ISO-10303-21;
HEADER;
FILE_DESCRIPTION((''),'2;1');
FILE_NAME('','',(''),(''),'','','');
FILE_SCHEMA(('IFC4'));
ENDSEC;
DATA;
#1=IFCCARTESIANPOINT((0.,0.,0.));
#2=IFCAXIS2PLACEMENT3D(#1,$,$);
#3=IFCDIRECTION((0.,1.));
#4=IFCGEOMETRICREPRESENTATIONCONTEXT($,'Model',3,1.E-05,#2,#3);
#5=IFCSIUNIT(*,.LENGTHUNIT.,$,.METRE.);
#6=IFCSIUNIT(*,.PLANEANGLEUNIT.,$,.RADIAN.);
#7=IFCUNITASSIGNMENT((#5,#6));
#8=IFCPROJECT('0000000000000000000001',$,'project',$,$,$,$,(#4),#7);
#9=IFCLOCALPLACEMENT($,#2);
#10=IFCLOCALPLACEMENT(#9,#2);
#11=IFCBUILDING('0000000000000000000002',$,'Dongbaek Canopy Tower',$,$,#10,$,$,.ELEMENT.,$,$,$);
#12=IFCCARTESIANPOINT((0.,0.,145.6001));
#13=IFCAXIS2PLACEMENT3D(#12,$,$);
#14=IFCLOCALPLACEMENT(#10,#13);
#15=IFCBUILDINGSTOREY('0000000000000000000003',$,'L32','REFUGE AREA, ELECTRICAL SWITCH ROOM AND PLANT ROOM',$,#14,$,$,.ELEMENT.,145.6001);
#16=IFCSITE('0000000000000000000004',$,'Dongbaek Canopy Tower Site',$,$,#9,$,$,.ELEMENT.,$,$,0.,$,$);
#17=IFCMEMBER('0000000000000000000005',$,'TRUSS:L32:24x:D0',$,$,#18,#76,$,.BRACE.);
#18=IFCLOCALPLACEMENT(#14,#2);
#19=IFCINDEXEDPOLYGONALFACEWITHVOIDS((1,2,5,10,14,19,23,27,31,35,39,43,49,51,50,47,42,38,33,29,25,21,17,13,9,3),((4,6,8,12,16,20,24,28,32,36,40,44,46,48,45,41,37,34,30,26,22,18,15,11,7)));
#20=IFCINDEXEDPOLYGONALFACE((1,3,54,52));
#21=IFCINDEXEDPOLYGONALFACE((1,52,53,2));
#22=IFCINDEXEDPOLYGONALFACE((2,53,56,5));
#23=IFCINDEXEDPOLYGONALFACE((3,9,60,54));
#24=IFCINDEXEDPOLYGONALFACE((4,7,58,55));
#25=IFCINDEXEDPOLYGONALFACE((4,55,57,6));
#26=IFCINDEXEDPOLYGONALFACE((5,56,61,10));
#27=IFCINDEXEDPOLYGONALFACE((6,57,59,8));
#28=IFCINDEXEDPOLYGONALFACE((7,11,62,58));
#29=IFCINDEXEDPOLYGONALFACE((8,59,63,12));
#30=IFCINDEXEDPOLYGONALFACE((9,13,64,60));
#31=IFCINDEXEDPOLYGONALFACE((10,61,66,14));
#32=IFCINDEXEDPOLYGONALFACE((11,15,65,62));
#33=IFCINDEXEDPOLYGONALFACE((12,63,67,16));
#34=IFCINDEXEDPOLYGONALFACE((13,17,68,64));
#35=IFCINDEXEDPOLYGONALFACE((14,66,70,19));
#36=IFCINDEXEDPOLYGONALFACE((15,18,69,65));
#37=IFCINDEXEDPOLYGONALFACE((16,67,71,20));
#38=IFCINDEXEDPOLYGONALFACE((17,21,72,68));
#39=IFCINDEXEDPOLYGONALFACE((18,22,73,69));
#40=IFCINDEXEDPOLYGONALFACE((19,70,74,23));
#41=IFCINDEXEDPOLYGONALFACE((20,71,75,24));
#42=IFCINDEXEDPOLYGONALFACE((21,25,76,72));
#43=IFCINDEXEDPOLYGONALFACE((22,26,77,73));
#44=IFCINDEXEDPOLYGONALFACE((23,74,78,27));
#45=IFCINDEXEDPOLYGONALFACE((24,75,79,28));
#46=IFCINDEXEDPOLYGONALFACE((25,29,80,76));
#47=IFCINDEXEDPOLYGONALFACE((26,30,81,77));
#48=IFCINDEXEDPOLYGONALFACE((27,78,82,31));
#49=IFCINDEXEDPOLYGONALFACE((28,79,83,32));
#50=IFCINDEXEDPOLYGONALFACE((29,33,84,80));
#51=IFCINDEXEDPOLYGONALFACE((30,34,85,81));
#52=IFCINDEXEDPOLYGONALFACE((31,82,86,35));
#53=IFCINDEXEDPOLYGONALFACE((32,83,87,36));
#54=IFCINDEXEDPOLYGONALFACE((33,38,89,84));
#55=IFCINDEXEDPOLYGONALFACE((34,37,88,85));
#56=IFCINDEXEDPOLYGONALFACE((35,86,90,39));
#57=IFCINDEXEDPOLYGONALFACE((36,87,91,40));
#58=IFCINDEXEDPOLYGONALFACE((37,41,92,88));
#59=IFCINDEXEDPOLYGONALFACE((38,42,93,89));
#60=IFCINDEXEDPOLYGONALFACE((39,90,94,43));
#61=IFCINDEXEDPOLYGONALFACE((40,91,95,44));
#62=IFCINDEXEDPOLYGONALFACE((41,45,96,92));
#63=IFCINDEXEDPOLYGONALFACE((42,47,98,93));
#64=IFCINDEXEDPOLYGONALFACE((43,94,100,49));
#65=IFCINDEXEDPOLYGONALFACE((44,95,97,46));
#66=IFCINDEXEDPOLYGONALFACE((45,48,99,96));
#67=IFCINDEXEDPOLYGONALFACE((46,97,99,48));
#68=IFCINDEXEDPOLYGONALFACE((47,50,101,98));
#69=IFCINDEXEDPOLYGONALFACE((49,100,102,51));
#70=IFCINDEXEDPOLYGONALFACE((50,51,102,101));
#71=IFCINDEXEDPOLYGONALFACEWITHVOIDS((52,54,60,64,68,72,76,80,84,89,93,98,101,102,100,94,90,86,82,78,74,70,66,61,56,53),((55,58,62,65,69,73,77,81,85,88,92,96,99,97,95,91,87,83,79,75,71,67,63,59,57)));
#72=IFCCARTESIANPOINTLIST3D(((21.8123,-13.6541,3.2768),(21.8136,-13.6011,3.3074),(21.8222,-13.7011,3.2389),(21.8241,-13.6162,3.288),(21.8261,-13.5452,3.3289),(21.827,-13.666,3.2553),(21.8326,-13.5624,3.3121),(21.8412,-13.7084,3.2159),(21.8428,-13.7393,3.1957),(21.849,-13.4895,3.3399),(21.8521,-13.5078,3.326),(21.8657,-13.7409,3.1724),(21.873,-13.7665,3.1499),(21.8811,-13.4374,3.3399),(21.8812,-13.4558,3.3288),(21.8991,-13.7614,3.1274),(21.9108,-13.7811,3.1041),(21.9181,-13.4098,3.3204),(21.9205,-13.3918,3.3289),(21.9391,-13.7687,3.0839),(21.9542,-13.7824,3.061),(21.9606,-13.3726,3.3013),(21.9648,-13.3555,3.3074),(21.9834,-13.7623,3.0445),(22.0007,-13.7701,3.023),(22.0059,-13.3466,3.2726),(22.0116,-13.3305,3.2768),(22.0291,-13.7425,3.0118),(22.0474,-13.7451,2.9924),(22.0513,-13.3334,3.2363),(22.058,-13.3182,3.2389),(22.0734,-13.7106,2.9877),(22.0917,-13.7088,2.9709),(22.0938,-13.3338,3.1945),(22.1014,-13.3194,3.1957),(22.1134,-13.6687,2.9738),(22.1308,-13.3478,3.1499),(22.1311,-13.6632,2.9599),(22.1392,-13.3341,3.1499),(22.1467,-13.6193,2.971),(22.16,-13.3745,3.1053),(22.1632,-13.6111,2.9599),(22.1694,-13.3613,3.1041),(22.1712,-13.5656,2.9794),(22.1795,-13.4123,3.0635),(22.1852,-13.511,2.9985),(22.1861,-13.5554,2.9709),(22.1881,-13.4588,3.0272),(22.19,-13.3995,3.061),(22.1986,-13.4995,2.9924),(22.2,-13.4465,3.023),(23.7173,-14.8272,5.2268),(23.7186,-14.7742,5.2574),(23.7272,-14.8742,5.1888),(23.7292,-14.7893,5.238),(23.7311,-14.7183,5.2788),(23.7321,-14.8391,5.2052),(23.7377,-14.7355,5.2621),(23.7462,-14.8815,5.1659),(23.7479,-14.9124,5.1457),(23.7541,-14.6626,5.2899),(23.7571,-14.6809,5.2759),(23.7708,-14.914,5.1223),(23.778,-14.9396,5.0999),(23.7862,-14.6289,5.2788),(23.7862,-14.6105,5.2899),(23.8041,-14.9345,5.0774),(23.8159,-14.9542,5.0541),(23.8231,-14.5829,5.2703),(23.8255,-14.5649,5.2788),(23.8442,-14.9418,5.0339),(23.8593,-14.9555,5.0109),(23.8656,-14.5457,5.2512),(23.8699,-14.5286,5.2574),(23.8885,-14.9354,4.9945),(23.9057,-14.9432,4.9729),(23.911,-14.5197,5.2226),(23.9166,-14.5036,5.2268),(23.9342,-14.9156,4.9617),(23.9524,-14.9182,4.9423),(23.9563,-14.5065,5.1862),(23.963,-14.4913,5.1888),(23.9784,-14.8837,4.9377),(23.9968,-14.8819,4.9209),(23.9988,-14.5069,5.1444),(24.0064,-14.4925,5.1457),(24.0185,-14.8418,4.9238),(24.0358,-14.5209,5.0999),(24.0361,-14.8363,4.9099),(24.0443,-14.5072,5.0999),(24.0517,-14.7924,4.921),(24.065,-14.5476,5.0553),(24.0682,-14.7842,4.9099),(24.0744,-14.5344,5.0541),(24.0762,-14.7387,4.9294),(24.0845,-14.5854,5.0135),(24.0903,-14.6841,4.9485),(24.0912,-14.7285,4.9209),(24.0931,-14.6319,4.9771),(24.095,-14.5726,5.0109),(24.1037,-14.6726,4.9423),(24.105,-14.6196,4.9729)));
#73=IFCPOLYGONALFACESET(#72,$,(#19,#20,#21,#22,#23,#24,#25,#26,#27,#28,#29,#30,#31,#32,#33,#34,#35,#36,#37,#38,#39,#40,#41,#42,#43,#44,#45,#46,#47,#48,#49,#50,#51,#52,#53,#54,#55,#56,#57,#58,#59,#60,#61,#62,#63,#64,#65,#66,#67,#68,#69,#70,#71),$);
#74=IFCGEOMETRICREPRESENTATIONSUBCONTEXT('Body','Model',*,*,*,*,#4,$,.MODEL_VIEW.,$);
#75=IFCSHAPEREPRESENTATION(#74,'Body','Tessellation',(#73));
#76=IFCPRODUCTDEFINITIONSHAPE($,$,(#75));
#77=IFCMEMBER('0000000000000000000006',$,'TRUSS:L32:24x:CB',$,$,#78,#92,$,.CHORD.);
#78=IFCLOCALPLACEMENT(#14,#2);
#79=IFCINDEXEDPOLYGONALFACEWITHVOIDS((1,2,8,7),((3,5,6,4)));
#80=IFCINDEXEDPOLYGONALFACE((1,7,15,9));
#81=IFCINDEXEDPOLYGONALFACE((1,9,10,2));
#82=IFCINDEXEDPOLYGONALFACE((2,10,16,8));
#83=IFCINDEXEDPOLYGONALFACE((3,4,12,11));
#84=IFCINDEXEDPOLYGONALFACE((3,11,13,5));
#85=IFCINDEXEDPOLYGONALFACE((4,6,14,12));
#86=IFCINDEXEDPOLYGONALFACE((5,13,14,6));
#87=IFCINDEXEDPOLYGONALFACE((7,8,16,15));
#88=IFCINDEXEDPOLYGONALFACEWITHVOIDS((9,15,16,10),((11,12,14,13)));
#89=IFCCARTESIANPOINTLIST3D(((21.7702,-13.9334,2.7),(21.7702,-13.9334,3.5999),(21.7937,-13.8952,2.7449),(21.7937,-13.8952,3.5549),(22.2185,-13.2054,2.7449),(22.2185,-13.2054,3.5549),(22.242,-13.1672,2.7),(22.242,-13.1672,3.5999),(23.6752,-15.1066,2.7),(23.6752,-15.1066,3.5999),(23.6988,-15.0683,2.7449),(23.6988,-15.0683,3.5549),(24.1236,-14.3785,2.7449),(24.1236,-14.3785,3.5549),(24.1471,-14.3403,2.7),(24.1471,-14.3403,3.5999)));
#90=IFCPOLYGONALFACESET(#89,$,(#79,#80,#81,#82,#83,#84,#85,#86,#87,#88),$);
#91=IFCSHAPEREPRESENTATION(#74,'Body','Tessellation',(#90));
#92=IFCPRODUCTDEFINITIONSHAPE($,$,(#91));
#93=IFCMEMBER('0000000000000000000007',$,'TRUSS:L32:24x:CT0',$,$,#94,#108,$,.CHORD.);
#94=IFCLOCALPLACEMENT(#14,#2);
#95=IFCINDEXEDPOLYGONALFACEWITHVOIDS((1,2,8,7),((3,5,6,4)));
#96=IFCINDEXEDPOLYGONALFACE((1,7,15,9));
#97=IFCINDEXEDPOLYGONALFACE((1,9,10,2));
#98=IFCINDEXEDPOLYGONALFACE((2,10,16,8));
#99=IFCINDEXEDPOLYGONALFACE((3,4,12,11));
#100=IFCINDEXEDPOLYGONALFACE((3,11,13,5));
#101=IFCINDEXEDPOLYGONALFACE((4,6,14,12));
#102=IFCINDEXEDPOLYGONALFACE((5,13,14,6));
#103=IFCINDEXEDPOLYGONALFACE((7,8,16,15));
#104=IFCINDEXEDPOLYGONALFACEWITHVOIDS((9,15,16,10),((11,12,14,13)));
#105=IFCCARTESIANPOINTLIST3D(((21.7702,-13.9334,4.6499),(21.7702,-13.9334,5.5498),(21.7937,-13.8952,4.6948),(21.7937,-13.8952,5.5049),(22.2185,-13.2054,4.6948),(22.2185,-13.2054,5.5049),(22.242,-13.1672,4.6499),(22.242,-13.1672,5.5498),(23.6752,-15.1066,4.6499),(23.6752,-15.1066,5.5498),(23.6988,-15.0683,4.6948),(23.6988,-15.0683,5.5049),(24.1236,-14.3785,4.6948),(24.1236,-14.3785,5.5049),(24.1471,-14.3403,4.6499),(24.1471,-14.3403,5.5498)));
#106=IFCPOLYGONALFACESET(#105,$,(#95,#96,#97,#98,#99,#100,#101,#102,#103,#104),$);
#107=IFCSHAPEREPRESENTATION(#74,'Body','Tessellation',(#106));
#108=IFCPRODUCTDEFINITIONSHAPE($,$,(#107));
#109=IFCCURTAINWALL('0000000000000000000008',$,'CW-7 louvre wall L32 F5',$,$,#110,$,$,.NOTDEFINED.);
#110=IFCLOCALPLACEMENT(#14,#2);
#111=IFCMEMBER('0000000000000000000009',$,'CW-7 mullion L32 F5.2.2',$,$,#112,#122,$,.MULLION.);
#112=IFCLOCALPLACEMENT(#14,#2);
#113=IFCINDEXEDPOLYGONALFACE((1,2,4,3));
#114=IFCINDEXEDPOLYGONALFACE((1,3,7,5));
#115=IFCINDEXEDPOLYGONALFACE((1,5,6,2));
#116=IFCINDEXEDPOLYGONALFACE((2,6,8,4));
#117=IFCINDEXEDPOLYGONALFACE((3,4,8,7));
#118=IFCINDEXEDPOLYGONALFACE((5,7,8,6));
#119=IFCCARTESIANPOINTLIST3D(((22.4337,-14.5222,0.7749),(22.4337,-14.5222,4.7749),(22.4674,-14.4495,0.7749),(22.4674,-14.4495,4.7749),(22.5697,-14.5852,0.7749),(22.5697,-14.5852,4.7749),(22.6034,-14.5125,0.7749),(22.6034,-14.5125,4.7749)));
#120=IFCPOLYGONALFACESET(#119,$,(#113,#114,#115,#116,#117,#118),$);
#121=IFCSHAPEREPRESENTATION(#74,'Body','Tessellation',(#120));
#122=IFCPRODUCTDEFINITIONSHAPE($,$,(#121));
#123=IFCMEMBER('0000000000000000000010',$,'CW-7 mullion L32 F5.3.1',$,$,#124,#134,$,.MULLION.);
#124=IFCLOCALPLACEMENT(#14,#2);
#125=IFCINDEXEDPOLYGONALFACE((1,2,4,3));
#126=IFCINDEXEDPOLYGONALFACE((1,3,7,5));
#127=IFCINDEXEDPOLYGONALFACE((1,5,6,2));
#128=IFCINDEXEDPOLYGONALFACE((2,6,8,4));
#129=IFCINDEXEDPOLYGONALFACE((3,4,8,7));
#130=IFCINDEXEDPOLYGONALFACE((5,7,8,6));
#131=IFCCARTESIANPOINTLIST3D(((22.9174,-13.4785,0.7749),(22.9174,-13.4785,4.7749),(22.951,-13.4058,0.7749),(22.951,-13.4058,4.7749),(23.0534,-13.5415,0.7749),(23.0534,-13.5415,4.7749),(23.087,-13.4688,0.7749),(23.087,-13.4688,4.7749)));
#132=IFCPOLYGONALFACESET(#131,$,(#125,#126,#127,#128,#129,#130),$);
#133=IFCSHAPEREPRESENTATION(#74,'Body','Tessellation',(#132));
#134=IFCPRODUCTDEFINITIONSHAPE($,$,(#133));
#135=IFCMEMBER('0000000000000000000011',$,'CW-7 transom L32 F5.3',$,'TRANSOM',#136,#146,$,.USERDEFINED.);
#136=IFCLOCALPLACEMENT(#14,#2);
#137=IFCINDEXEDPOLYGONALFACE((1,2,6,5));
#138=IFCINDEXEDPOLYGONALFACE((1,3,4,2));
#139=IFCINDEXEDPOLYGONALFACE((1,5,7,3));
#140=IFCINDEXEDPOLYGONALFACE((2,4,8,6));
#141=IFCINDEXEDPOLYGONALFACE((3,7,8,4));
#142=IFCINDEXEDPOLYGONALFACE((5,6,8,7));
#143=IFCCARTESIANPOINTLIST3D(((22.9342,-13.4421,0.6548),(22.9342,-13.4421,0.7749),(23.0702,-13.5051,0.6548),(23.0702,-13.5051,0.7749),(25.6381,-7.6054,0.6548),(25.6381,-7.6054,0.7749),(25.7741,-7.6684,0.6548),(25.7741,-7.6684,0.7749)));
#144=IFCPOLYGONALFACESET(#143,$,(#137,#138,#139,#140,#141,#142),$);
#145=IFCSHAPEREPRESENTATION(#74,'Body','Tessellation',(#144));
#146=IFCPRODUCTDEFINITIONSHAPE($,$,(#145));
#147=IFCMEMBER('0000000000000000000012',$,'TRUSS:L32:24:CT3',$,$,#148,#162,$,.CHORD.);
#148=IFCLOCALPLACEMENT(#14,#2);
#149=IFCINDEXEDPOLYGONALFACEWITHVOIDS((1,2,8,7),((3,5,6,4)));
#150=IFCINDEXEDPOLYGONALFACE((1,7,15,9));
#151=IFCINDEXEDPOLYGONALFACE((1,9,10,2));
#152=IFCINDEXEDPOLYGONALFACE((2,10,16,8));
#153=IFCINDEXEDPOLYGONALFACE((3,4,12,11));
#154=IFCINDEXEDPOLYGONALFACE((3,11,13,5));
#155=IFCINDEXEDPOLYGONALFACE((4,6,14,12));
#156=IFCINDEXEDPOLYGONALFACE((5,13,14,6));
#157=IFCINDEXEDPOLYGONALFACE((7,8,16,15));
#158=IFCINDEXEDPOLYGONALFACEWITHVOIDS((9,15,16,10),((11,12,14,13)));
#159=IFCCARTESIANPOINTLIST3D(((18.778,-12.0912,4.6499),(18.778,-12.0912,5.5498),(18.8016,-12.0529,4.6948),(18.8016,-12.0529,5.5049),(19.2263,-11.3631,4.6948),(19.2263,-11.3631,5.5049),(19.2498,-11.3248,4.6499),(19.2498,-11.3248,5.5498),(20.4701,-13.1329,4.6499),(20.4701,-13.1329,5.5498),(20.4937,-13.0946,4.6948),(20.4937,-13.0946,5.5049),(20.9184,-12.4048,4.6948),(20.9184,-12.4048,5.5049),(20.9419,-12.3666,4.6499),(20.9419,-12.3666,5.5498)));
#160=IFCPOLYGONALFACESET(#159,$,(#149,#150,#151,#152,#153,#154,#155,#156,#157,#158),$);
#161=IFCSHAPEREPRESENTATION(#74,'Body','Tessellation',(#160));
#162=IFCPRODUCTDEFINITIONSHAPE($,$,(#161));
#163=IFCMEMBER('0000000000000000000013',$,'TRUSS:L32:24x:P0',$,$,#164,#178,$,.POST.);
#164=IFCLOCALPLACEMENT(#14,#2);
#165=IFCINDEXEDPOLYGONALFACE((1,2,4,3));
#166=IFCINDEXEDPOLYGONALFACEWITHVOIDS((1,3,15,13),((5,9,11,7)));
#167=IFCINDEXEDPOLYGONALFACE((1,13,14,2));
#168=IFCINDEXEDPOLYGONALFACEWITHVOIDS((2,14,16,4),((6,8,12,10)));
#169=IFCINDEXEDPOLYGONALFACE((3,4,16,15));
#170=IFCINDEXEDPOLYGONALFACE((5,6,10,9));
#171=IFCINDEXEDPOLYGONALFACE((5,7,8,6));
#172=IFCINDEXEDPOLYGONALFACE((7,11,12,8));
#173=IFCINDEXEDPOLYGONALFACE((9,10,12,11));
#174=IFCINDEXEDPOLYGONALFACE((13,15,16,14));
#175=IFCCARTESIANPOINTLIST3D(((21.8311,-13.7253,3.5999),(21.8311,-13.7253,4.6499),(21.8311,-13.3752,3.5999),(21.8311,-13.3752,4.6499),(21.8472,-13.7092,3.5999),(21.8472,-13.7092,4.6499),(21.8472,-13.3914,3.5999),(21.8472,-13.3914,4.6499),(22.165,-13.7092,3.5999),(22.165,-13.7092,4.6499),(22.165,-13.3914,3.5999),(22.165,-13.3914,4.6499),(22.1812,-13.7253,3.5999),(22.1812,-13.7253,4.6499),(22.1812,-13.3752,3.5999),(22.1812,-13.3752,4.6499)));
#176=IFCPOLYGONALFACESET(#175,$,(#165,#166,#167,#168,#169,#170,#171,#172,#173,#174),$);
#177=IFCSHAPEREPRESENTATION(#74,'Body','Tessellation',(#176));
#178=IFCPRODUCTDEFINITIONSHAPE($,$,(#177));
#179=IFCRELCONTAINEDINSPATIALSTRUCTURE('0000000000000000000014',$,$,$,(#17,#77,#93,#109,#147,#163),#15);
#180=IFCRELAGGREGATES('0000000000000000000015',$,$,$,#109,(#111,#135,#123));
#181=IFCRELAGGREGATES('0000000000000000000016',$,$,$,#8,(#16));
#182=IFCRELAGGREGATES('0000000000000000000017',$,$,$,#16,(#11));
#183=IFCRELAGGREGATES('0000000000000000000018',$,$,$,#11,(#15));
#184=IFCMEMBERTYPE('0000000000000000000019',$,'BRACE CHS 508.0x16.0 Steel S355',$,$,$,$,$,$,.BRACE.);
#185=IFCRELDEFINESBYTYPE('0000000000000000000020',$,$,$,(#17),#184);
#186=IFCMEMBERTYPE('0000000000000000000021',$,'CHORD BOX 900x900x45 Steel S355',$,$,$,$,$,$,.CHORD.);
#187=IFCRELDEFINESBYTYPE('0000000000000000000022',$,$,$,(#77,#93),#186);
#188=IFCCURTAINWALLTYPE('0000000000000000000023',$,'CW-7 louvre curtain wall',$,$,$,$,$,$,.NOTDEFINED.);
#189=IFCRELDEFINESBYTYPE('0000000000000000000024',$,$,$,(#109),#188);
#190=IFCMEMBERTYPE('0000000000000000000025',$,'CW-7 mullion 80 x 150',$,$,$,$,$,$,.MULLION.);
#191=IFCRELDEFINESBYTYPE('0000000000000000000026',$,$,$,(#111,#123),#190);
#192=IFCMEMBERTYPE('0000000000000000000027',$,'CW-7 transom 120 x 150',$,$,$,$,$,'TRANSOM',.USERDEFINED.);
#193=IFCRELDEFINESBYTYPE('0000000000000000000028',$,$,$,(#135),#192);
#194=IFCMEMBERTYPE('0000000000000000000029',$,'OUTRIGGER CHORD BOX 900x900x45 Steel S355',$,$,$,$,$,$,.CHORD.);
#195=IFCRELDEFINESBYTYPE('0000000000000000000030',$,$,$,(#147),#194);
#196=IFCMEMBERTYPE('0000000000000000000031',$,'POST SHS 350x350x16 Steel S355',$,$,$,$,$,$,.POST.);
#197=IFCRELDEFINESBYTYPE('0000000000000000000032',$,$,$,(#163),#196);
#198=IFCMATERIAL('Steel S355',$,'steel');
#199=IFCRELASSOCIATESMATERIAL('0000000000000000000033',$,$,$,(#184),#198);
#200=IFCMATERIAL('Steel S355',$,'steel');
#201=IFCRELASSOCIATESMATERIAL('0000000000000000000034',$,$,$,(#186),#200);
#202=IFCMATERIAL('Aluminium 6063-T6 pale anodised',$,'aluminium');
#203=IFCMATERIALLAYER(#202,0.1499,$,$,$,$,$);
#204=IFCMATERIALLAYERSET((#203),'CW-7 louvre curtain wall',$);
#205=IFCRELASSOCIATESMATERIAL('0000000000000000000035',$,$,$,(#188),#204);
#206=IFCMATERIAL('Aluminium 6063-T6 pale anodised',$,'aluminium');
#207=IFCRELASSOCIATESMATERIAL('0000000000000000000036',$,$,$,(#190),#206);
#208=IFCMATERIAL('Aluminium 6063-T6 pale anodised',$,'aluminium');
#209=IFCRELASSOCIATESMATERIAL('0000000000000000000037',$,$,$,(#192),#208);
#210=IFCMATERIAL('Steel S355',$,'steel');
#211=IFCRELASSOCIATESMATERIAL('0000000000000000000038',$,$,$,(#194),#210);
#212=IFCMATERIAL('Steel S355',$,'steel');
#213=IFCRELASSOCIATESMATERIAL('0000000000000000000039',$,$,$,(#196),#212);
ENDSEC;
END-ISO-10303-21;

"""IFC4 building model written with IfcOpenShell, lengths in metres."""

from ifc_helpers import new_model, si_unit, direction, frame, origin, origin_2d, place, context, subcontext, project, spatial, rectangle, hollow_rectangle, hollow_circle, extrude, material, layer, layer_set, material_profile, profile_set, type_object, element, aggregate, save


model = new_model("IFC4")

# Units and contexts
model_context = context("Model", 3, precision=1e-05, world=origin(), true_north=direction((0.0, 1.0)))
body_context = subcontext(model_context, "Body", "Model", "MODEL_VIEW")
ifc_project = project(units=[si_unit("LENGTHUNIT", "METRE"), si_unit("PLANEANGLEUNIT", "RADIAN")], contexts=[model_context])

# Site, building, storey
site_placement = place(None, origin())
site = spatial("IfcSite", under=ifc_project, at=site_placement, Name="Dongbaek Canopy Tower Site", CompositionType="ELEMENT", RefElevation=0.0)
building_placement = place(site_placement, origin())
building = spatial("IfcBuilding", under=site, at=building_placement, Name="Dongbaek Canopy Tower", CompositionType="ELEMENT")
storey_placement = place(building_placement, frame((0.0, 0.0, 145.6001)))
storey = spatial("IfcBuildingStorey", under=building, at=storey_placement, Name="L32", Description="REFUGE AREA, ELECTRICAL SWITCH ROOM AND PLANT ROOM", CompositionType="ELEMENT", Elevation=145.6001)

# Members
ifc_material_1 = material(Name="Steel S355", Category="steel")
ifc_material_profile_1 = material_profile(ifc_material_1, hollow_circle(Radius=0.2539, WallThickness=0.0161, at=origin_2d()), Name="BRACE CHS 508.0x16.0 Steel S355")
ifc_profile_set_1 = profile_set([ifc_material_profile_1], Name="Steel S355")
member_type_1 = type_object("IfcMemberType", Name="BRACE CHS 508.0x16.0 Steel S355", PredefinedType="BRACE", material=ifc_profile_set_1)
member_1_placement = place(storey_placement, frame((22.0061, -13.5503, 3.1499), z_axis=(0.641908, -0.39528, 0.657045), x_axis=(0.524347, 0.851505, 0.0)))
element("IfcMember", 1, at=member_1_placement, inside=storey, type_object=member_type_1, Name="TRUSS:L32:24x:D0", PredefinedType="BRACE", context=body_context, shape_type="SweptSolid", body=[
    extrude(hollow_circle(Radius=0.2539, WallThickness=0.0161, at=origin_2d()), origin(), (0.0, 0.0, 1.0), 2.9678),
])
ifc_material_2 = material(Name="Steel S355", Category="steel")
ifc_material_profile_2 = material_profile(ifc_material_2, hollow_rectangle(XDim=0.8999, YDim=0.8999, WallThickness=0.0449, at=origin_2d()), Name="CHORD BOX 900x900x45 Steel S355")
ifc_profile_set_2 = profile_set([ifc_material_profile_2], Name="Steel S355")
member_type_2 = type_object("IfcMemberType", Name="CHORD BOX 900x900x45 Steel S355", PredefinedType="CHORD", material=ifc_profile_set_2)
for number, where, z_axis, x_axis, name in (
    (2, (22.0061, -13.5503, 3.1499), (0.851505, -0.524347, 0.0), (0.524347, 0.851505, 0.0), "TRUSS:L32:24x:CB"),
    (3, (22.0061, -13.5503, 5.0999), (0.851505, -0.524347, 0.0), (0.524347, 0.851505, 0.0), "TRUSS:L32:24x:CT0"),
):
    element("IfcMember", number, at=place(storey_placement, frame(where, z_axis=z_axis, x_axis=x_axis)), inside=storey, type_object=member_type_2, Name=name, PredefinedType="CHORD", context=body_context, shape_type="SweptSolid", body=[
        extrude(hollow_rectangle(XDim=0.8999, YDim=0.8999, WallThickness=0.0449, at=origin_2d()), origin(), (0.0, 0.0, 1.0), 2.2373),
    ])

# Curtain wall, members
ifc_material_3 = material(Name="Aluminium 6063-T6 pale anodised", Category="aluminium")
ifc_layer_1 = layer(ifc_material_3, 0.1499)
ifc_layer_set_1 = layer_set([ifc_layer_1], Name="CW-7 louvre curtain wall")
curtain_wall_type = type_object("IfcCurtainWallType", Name="CW-7 louvre curtain wall", PredefinedType="NOTDEFINED", material=ifc_layer_set_1)
curtain_wall_placement = place(storey_placement, origin())
curtain_wall = element("IfcCurtainWall", 4, at=curtain_wall_placement, inside=storey, type_object=curtain_wall_type, Name="CW-7 louvre wall L32 F5", PredefinedType="NOTDEFINED")
ifc_material_4 = material(Name="Aluminium 6063-T6 pale anodised", Category="aluminium")
ifc_material_profile_3 = material_profile(ifc_material_4, rectangle(XDim=0.1499, YDim=0.0801, at=origin_2d()), Name="CW-7 mullion 80 x 150")
ifc_profile_set_3 = profile_set([ifc_material_profile_3], Name="Aluminium 6063-T6 pale anodised")
member_type_3 = type_object("IfcMemberType", Name="CW-7 mullion 80 x 150", PredefinedType="MULLION", material=ifc_profile_set_3)
member_2_placement = place(storey_placement, frame((22.5186, -14.5173, 0.7749), z_axis=(0.0, 0.0, 1.0), x_axis=(0.907369, -0.420334, 0.0)))
member_2 = element("IfcMember", 5, at=member_2_placement, type_object=member_type_3, Name="CW-7 mullion L32 F5.2.2", PredefinedType="MULLION", context=body_context, shape_type="SweptSolid", body=[
    extrude(rectangle(XDim=0.1499, YDim=0.0801, at=origin_2d()), origin(), (0.0, 0.0, 1.0), 4.0),
])
member_3_placement = place(storey_placement, frame((23.0022, -13.4736, 0.7749), z_axis=(0.0, 0.0, 1.0), x_axis=(0.907369, -0.420334, 0.0)))
member_3 = element("IfcMember", 6, at=member_3_placement, type_object=member_type_3, Name="CW-7 mullion L32 F5.3.1", PredefinedType="MULLION", context=body_context, shape_type="SweptSolid", body=[
    extrude(rectangle(XDim=0.1499, YDim=0.0801, at=origin_2d()), origin(), (0.0, 0.0, 1.0), 4.0),
])
ifc_material_5 = material(Name="Aluminium 6063-T6 pale anodised", Category="aluminium")
ifc_material_profile_4 = material_profile(ifc_material_5, rectangle(XDim=0.1499, YDim=0.1201, at=origin_2d()), Name="CW-7 transom 120 x 150")
ifc_profile_set_4 = profile_set([ifc_material_profile_4], Name="Aluminium 6063-T6 pale anodised")
member_type_4 = type_object("IfcMemberType", Name="CW-7 transom 120 x 150", ElementType="TRANSOM", PredefinedType="USERDEFINED", material=ifc_profile_set_4)
member_4_placement = place(storey_placement, frame((23.0022, -13.4736, 0.7148), z_axis=(0.420341, 0.907366, 0.0), x_axis=(-0.907366, 0.420341, 0.0)))
member_4 = element("IfcMember", 7, at=member_4_placement, type_object=member_type_4, Name="CW-7 transom L32 F5.3", ObjectType="TRANSOM", PredefinedType="USERDEFINED", context=body_context, shape_type="SweptSolid", body=[
    extrude(rectangle(XDim=0.1499, YDim=0.1201, at=origin_2d()), origin(), (0.0, 0.0, 1.0), 6.4326),
])

# Members
ifc_material_6 = material(Name="Steel S355", Category="steel")
ifc_material_profile_5 = material_profile(ifc_material_6, hollow_rectangle(XDim=0.8999, YDim=0.8999, WallThickness=0.0449, at=origin_2d()), Name="OUTRIGGER CHORD BOX 900x900x45 Steel S355")
ifc_profile_set_5 = profile_set([ifc_material_profile_5], Name="Steel S355")
member_type_5 = type_object("IfcMemberType", Name="OUTRIGGER CHORD BOX 900x900x45 Steel S355", PredefinedType="CHORD", material=ifc_profile_set_5)
member_5_placement = place(storey_placement, frame((19.0139, -11.708, 5.0999), z_axis=(0.851561, -0.524255, 0.0), x_axis=(0.524255, 0.851561, 0.0)))
element("IfcMember", 8, at=member_5_placement, inside=storey, type_object=member_type_5, Name="TRUSS:L32:24:CT3", PredefinedType="CHORD", context=body_context, shape_type="SweptSolid", body=[
    extrude(hollow_rectangle(XDim=0.8999, YDim=0.8999, WallThickness=0.0449, at=origin_2d()), origin(), (0.0, 0.0, 1.0), 1.9871),
])
ifc_material_7 = material(Name="Steel S355", Category="steel")
ifc_material_profile_6 = material_profile(ifc_material_7, hollow_rectangle(XDim=0.3501, YDim=0.3501, WallThickness=0.0161, at=origin_2d()), Name="POST SHS 350x350x16 Steel S355")
ifc_profile_set_6 = profile_set([ifc_material_profile_6], Name="Steel S355")
member_type_6 = type_object("IfcMemberType", Name="POST SHS 350x350x16 Steel S355", PredefinedType="POST", material=ifc_profile_set_6)
member_6_placement = place(storey_placement, frame((22.0061, -13.5503, 3.5999), z_axis=(0.0, 0.0, 1.0), x_axis=(1.0, 0.0, 0.0)))
element("IfcMember", 9, at=member_6_placement, inside=storey, type_object=member_type_6, Name="TRUSS:L32:24x:P0", PredefinedType="POST", context=body_context, shape_type="SweptSolid", body=[
    extrude(hollow_rectangle(XDim=0.3501, YDim=0.3501, WallThickness=0.0161, at=origin_2d()), origin(), (0.0, 0.0, 1.0), 1.05),
])

aggregate(curtain_wall, [member_2, member_4, member_3])

save(model, "model.ifc")
